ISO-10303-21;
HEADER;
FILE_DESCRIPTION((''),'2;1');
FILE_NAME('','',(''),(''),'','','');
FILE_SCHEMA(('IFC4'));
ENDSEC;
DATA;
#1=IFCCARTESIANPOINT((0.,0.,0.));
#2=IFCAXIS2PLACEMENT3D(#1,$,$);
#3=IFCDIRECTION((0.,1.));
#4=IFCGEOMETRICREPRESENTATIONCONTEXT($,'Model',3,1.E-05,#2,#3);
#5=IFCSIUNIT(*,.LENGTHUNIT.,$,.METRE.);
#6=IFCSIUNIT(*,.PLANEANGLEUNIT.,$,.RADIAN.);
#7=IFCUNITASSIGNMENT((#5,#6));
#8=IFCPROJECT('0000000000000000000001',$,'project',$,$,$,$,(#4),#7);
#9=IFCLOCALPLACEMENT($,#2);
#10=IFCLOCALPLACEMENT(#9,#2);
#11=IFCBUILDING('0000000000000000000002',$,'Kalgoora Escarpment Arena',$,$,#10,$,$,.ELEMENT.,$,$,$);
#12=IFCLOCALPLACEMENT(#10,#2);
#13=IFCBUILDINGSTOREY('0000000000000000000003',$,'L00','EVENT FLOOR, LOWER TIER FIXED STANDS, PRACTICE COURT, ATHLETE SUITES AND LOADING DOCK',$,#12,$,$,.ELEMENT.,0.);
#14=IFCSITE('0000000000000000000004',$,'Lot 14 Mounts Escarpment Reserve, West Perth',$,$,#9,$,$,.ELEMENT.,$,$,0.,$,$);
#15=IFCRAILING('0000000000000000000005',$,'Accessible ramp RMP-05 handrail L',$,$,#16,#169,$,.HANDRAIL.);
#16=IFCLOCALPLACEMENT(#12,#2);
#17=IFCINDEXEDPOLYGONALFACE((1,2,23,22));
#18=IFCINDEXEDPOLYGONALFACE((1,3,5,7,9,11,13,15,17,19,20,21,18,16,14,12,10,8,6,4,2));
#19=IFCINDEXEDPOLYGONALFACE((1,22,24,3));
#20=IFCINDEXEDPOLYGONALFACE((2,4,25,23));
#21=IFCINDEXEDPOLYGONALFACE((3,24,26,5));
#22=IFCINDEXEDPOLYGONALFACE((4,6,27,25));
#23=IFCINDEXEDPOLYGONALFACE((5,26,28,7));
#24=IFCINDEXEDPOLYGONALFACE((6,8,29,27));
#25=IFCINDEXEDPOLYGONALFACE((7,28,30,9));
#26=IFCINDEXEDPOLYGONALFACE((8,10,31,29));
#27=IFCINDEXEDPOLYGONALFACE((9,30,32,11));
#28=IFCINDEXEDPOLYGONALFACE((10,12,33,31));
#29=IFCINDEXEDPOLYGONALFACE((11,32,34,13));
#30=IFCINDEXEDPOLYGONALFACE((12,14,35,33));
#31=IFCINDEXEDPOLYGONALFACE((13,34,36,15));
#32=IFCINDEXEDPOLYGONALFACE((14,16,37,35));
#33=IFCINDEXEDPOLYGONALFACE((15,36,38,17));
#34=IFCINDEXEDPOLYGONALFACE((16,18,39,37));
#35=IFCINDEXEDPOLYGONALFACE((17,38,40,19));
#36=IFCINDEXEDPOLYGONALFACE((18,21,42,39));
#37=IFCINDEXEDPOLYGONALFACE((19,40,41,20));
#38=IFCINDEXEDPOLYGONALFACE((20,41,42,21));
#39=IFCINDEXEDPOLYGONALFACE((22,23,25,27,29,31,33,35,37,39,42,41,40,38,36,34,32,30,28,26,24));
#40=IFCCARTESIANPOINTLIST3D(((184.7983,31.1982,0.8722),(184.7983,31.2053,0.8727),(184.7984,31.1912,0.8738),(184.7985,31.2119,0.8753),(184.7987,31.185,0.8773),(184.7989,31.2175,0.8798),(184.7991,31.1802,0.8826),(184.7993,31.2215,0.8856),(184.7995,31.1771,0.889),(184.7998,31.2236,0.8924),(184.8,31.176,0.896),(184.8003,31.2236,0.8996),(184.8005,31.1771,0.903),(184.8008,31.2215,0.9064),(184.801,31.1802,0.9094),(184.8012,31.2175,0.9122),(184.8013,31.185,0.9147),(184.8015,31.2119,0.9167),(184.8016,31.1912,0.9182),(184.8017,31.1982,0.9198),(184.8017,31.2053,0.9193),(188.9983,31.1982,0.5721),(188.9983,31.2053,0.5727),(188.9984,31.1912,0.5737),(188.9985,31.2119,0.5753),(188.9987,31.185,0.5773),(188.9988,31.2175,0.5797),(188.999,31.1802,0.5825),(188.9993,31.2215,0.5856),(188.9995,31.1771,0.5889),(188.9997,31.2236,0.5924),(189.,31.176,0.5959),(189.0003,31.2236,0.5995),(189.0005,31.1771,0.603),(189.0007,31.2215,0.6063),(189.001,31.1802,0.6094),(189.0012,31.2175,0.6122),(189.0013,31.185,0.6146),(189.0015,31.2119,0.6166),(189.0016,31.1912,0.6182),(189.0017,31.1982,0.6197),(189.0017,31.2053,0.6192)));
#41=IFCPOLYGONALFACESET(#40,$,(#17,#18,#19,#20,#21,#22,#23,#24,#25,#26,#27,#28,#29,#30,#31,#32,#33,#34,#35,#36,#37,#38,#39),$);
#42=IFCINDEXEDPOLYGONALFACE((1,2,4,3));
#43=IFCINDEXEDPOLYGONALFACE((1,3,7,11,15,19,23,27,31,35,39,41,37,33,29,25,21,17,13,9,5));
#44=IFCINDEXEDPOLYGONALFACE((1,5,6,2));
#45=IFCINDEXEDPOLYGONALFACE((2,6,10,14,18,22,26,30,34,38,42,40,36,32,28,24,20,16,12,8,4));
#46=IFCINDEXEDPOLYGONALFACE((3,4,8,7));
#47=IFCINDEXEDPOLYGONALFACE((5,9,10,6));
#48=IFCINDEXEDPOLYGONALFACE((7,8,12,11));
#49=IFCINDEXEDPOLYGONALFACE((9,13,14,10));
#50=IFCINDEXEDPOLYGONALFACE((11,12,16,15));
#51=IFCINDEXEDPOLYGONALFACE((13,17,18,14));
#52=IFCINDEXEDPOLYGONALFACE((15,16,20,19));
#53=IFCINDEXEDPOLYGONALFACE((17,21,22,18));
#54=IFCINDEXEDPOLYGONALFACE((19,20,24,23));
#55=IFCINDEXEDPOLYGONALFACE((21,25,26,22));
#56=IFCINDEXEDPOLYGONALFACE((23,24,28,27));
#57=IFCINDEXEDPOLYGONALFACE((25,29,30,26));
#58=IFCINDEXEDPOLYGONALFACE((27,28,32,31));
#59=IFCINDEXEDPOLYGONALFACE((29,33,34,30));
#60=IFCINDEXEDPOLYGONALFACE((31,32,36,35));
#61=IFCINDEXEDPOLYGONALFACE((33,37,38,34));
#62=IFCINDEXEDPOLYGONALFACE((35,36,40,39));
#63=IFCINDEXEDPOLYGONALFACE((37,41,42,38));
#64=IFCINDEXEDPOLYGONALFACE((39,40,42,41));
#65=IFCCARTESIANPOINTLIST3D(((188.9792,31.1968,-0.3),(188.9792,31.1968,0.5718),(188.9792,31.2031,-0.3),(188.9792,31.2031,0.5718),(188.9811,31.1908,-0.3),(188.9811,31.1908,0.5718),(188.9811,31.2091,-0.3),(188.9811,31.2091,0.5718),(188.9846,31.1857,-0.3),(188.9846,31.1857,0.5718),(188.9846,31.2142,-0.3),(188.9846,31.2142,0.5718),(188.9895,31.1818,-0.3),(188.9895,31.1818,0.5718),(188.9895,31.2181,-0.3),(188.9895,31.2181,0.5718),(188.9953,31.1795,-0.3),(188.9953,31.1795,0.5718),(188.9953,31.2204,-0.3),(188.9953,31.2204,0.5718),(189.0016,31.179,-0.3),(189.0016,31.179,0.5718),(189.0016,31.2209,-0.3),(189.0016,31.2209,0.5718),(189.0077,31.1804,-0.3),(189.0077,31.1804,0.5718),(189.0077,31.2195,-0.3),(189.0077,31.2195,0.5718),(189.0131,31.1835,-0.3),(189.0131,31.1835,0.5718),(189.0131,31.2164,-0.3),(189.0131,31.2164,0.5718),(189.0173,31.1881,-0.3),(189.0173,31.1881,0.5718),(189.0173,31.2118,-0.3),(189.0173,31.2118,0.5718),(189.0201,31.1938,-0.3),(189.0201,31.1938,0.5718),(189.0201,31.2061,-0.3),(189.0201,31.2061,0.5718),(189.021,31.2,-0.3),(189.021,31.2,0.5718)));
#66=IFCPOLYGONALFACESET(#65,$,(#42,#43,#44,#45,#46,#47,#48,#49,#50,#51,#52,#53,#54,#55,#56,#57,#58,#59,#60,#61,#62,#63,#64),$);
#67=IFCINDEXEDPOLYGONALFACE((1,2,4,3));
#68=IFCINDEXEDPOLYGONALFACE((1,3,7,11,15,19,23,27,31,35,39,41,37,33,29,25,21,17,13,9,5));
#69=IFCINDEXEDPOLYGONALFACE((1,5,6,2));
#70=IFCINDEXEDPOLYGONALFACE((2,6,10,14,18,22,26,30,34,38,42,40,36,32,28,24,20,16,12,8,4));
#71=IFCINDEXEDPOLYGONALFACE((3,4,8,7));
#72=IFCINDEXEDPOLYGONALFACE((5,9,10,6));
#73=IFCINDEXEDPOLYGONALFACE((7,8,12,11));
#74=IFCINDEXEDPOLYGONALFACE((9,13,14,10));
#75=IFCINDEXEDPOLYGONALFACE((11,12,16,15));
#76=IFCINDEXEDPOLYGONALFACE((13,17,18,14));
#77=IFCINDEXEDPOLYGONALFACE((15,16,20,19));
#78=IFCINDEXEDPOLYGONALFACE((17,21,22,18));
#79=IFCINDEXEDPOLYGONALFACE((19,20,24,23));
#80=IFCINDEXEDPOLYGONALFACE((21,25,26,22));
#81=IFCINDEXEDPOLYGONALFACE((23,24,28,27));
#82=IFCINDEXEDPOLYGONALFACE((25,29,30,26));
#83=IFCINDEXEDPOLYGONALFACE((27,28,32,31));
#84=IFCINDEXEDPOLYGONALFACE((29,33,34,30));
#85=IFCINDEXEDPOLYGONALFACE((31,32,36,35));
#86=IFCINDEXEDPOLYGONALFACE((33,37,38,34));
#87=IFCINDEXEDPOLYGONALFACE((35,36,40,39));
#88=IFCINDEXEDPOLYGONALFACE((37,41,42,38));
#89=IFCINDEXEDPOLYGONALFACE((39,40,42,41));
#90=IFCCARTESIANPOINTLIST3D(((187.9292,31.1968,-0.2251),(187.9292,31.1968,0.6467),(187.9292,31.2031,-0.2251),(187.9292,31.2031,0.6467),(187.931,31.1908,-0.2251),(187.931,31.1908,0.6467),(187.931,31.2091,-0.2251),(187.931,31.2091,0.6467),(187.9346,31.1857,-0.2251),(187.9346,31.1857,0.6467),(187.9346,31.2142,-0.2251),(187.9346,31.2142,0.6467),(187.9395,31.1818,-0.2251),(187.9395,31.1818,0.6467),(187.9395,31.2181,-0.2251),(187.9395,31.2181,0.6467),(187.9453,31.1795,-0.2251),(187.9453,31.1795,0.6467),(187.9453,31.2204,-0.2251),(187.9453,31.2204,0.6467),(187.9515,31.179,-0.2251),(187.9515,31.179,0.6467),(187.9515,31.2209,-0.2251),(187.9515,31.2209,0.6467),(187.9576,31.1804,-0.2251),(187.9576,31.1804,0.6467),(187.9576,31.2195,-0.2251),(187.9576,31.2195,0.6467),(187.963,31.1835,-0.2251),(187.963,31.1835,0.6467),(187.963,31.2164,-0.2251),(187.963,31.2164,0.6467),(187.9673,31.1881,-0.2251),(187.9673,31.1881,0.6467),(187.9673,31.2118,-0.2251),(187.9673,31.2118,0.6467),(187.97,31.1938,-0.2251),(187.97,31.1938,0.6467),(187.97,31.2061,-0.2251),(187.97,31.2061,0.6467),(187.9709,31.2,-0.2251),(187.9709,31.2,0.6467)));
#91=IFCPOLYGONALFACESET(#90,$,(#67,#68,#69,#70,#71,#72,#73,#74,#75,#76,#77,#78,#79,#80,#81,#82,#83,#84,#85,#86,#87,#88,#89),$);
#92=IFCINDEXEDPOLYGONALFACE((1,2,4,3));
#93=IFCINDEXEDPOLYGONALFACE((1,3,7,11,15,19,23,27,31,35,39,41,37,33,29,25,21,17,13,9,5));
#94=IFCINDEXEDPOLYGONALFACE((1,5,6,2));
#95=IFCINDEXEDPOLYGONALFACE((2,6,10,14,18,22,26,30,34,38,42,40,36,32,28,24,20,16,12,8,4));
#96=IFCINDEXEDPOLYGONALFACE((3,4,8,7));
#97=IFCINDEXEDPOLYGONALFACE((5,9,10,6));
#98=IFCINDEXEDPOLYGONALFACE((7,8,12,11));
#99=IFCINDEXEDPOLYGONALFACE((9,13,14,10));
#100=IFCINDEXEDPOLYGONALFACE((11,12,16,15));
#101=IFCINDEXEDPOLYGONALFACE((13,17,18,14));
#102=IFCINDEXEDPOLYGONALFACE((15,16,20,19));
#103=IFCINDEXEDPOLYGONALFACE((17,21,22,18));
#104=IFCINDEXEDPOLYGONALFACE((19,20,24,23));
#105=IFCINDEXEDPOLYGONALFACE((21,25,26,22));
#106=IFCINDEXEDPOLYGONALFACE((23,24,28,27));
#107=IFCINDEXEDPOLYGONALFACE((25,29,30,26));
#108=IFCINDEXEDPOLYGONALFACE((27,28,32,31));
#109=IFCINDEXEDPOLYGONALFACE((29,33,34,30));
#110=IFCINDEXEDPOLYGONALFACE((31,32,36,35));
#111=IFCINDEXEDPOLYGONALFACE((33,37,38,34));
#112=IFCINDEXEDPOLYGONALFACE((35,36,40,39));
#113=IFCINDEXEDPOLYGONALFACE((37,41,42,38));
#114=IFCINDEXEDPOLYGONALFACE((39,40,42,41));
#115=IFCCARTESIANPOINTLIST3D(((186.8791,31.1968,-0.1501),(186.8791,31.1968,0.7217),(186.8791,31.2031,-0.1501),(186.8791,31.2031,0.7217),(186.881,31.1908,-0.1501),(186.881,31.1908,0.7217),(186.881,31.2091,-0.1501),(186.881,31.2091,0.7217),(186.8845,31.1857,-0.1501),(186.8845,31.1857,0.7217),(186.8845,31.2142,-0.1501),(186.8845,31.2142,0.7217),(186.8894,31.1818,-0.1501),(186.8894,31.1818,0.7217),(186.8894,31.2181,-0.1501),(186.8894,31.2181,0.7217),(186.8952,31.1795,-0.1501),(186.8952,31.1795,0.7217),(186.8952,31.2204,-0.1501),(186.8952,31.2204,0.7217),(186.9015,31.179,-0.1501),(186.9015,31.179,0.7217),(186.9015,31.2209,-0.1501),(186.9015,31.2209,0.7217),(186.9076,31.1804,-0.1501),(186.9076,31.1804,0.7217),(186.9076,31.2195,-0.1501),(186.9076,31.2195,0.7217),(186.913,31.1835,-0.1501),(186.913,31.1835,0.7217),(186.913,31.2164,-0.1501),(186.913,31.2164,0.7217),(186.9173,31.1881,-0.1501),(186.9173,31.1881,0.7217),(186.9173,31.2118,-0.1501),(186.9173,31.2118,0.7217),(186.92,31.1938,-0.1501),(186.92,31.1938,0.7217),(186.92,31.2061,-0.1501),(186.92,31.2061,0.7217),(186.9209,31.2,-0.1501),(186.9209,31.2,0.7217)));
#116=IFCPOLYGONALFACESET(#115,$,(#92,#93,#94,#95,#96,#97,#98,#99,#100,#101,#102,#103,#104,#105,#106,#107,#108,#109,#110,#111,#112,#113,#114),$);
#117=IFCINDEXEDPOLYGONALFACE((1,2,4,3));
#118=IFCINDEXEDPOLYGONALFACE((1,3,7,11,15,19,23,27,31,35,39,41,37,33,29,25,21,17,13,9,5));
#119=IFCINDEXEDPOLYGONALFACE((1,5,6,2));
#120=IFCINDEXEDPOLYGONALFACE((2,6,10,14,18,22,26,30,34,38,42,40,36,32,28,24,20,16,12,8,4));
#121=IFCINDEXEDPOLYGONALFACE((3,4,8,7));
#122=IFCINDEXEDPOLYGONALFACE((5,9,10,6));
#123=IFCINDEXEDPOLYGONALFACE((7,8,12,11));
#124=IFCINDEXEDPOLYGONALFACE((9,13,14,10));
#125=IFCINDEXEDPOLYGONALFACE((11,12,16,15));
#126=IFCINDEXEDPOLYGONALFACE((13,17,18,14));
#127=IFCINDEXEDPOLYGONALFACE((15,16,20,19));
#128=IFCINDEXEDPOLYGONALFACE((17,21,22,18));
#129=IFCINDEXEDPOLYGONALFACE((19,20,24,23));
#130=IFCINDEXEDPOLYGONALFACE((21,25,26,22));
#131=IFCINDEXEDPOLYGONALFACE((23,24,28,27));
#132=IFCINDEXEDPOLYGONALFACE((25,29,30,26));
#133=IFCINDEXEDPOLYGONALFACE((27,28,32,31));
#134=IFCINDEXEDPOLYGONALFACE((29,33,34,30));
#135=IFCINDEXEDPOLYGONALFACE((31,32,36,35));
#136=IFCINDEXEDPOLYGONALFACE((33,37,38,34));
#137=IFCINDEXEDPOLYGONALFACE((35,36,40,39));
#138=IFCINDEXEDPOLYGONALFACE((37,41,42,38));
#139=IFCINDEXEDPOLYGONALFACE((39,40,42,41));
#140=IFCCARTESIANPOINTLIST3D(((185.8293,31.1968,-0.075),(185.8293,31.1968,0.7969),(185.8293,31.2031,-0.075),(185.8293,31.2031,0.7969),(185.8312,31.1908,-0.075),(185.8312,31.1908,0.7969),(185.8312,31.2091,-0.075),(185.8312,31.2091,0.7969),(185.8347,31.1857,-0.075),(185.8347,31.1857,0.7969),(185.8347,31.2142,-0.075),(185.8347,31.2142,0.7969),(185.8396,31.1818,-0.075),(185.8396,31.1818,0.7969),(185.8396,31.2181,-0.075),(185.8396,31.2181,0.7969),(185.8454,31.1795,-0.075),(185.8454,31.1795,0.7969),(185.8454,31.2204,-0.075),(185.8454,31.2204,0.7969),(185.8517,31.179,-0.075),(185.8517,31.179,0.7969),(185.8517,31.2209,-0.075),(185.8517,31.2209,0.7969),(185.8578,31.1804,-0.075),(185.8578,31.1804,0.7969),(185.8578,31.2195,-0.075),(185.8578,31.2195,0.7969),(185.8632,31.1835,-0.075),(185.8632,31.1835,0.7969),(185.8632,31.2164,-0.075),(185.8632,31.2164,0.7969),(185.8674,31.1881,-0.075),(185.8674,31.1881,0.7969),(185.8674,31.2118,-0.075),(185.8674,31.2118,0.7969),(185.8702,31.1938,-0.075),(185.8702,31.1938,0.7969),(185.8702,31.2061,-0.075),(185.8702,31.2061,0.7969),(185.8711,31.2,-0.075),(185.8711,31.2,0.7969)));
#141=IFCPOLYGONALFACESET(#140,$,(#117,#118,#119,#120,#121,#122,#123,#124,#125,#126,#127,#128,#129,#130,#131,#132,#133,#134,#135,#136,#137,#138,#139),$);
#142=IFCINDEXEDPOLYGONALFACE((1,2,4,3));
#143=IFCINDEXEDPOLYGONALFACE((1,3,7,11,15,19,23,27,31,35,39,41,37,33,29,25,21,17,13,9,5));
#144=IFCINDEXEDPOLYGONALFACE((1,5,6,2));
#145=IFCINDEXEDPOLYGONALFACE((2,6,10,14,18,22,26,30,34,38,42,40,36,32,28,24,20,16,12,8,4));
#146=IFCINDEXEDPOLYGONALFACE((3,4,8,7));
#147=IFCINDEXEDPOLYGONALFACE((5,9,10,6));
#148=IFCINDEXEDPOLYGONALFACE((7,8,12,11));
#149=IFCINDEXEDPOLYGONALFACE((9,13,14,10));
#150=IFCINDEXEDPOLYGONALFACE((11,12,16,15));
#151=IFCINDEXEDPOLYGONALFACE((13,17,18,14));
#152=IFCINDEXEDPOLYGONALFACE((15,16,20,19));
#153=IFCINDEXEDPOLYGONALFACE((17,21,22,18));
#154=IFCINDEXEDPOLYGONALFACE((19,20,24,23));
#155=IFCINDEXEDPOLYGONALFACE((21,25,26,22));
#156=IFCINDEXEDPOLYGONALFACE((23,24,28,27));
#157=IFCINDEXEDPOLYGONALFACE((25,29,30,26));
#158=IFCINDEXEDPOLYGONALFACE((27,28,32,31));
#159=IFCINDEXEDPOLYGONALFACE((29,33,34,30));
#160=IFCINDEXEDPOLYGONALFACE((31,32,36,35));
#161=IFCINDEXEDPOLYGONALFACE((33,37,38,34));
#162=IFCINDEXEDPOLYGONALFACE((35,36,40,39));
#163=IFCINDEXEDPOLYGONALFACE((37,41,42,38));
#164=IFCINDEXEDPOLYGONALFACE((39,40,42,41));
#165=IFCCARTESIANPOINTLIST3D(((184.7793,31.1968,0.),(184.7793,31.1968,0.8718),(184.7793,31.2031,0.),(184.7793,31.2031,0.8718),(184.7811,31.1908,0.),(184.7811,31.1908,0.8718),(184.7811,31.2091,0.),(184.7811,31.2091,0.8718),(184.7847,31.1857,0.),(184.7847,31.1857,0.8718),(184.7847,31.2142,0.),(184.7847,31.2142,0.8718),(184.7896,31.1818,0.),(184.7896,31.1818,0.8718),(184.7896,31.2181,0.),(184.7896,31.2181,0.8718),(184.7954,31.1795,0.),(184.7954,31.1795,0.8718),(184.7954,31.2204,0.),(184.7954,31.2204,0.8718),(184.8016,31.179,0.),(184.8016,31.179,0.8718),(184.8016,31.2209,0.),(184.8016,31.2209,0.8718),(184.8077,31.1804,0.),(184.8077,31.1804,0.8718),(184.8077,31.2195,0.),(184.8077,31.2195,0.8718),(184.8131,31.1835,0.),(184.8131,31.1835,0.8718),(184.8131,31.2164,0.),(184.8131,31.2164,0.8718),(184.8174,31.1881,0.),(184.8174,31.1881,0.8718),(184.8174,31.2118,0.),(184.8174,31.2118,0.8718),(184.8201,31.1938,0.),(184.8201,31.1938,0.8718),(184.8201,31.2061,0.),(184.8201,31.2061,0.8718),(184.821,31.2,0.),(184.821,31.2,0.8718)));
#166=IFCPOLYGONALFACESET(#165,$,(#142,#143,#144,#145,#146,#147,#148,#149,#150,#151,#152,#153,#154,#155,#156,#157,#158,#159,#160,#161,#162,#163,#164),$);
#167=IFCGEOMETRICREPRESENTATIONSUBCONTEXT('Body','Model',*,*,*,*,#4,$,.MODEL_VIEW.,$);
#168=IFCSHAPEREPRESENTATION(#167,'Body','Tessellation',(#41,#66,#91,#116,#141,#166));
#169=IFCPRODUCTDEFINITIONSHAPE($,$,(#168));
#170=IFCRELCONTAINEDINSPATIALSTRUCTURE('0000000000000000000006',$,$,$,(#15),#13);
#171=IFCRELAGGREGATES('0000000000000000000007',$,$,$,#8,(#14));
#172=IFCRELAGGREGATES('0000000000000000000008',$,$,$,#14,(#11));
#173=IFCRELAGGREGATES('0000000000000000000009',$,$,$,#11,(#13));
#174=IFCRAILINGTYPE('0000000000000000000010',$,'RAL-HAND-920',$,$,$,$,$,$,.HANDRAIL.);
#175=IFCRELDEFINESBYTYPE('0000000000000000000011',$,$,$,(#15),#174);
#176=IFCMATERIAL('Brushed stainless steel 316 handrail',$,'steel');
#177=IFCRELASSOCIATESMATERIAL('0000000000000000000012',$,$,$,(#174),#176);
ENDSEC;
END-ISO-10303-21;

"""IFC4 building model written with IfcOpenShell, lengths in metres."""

from ifc_helpers import new_model, si_unit, direction, frame, origin, origin_2d, place, context, subcontext, project, spatial, circle, extrude, material, type_object, element, save


model = new_model("IFC4")

# Units and contexts
model_context = context("Model", 3, precision=1e-05, world=origin(), true_north=direction((0.0, 1.0)))
body_context = subcontext(model_context, "Body", "Model", "MODEL_VIEW")
ifc_project = project(units=[si_unit("LENGTHUNIT", "METRE"), si_unit("PLANEANGLEUNIT", "RADIAN")], contexts=[model_context])

# Site, building, storey
site_placement = place(None, origin())
site = spatial("IfcSite", under=ifc_project, at=site_placement, Name="Lot 14 Mounts Escarpment Reserve, West Perth", CompositionType="ELEMENT", RefElevation=0.0)
building_placement = place(site_placement, origin())
building = spatial("IfcBuilding", under=site, at=building_placement, Name="Kalgoora Escarpment Arena", CompositionType="ELEMENT")
storey_placement = place(building_placement, origin())
storey = spatial("IfcBuildingStorey", under=building, at=storey_placement, Name="L00", Description="EVENT FLOOR, LOWER TIER FIXED STANDS, PRACTICE COURT, ATHLETE SUITES AND LOADING DOCK", CompositionType="ELEMENT", Elevation=0.0)

# Railing
ifc_material_1 = material(Name="Brushed stainless steel 316 handrail", Category="steel")
railing_type = type_object("IfcRailingType", Name="RAL-HAND-920", PredefinedType="HANDRAIL", material=ifc_material_1)
railing_placement = place(storey_placement, frame((189.0, 31.2, -0.3)))
element("IfcRailing", 1, at=railing_placement, inside=storey, type_object=railing_type, Name="Accessible ramp RMP-05 handrail L", PredefinedType="HANDRAIL", context=body_context, shape_type="SweptSolid", body=[
    extrude(circle(Radius=0.0239, at=origin_2d()), frame((0.0, 0.0, 0.896), z_axis=(-0.997458, 0.0, 0.071259), x_axis=(0.0, -1.0, 0.0)), (0.0, 0.0, 1.0), 4.2107),
    extrude(circle(Radius=0.021, at=origin_2d()), origin(), (0.0, 0.0, 1.0), 0.8718),
    extrude(circle(Radius=0.021, at=origin_2d()), frame((-1.05, 0.0, 0.075)), (0.0, 0.0, 1.0), 0.8718),
    extrude(circle(Radius=0.021, at=origin_2d()), frame((-2.1001, 0.0, 0.1499)), (0.0, 0.0, 1.0), 0.8718),
    extrude(circle(Radius=0.021, at=origin_2d()), frame((-3.1499, 0.0, 0.2251)), (0.0, 0.0, 1.0), 0.8718),
    extrude(circle(Radius=0.021, at=origin_2d()), frame((-4.2, 0.0, 0.3)), (0.0, 0.0, 1.0), 0.8718),
])

save(model, "model.ifc")
